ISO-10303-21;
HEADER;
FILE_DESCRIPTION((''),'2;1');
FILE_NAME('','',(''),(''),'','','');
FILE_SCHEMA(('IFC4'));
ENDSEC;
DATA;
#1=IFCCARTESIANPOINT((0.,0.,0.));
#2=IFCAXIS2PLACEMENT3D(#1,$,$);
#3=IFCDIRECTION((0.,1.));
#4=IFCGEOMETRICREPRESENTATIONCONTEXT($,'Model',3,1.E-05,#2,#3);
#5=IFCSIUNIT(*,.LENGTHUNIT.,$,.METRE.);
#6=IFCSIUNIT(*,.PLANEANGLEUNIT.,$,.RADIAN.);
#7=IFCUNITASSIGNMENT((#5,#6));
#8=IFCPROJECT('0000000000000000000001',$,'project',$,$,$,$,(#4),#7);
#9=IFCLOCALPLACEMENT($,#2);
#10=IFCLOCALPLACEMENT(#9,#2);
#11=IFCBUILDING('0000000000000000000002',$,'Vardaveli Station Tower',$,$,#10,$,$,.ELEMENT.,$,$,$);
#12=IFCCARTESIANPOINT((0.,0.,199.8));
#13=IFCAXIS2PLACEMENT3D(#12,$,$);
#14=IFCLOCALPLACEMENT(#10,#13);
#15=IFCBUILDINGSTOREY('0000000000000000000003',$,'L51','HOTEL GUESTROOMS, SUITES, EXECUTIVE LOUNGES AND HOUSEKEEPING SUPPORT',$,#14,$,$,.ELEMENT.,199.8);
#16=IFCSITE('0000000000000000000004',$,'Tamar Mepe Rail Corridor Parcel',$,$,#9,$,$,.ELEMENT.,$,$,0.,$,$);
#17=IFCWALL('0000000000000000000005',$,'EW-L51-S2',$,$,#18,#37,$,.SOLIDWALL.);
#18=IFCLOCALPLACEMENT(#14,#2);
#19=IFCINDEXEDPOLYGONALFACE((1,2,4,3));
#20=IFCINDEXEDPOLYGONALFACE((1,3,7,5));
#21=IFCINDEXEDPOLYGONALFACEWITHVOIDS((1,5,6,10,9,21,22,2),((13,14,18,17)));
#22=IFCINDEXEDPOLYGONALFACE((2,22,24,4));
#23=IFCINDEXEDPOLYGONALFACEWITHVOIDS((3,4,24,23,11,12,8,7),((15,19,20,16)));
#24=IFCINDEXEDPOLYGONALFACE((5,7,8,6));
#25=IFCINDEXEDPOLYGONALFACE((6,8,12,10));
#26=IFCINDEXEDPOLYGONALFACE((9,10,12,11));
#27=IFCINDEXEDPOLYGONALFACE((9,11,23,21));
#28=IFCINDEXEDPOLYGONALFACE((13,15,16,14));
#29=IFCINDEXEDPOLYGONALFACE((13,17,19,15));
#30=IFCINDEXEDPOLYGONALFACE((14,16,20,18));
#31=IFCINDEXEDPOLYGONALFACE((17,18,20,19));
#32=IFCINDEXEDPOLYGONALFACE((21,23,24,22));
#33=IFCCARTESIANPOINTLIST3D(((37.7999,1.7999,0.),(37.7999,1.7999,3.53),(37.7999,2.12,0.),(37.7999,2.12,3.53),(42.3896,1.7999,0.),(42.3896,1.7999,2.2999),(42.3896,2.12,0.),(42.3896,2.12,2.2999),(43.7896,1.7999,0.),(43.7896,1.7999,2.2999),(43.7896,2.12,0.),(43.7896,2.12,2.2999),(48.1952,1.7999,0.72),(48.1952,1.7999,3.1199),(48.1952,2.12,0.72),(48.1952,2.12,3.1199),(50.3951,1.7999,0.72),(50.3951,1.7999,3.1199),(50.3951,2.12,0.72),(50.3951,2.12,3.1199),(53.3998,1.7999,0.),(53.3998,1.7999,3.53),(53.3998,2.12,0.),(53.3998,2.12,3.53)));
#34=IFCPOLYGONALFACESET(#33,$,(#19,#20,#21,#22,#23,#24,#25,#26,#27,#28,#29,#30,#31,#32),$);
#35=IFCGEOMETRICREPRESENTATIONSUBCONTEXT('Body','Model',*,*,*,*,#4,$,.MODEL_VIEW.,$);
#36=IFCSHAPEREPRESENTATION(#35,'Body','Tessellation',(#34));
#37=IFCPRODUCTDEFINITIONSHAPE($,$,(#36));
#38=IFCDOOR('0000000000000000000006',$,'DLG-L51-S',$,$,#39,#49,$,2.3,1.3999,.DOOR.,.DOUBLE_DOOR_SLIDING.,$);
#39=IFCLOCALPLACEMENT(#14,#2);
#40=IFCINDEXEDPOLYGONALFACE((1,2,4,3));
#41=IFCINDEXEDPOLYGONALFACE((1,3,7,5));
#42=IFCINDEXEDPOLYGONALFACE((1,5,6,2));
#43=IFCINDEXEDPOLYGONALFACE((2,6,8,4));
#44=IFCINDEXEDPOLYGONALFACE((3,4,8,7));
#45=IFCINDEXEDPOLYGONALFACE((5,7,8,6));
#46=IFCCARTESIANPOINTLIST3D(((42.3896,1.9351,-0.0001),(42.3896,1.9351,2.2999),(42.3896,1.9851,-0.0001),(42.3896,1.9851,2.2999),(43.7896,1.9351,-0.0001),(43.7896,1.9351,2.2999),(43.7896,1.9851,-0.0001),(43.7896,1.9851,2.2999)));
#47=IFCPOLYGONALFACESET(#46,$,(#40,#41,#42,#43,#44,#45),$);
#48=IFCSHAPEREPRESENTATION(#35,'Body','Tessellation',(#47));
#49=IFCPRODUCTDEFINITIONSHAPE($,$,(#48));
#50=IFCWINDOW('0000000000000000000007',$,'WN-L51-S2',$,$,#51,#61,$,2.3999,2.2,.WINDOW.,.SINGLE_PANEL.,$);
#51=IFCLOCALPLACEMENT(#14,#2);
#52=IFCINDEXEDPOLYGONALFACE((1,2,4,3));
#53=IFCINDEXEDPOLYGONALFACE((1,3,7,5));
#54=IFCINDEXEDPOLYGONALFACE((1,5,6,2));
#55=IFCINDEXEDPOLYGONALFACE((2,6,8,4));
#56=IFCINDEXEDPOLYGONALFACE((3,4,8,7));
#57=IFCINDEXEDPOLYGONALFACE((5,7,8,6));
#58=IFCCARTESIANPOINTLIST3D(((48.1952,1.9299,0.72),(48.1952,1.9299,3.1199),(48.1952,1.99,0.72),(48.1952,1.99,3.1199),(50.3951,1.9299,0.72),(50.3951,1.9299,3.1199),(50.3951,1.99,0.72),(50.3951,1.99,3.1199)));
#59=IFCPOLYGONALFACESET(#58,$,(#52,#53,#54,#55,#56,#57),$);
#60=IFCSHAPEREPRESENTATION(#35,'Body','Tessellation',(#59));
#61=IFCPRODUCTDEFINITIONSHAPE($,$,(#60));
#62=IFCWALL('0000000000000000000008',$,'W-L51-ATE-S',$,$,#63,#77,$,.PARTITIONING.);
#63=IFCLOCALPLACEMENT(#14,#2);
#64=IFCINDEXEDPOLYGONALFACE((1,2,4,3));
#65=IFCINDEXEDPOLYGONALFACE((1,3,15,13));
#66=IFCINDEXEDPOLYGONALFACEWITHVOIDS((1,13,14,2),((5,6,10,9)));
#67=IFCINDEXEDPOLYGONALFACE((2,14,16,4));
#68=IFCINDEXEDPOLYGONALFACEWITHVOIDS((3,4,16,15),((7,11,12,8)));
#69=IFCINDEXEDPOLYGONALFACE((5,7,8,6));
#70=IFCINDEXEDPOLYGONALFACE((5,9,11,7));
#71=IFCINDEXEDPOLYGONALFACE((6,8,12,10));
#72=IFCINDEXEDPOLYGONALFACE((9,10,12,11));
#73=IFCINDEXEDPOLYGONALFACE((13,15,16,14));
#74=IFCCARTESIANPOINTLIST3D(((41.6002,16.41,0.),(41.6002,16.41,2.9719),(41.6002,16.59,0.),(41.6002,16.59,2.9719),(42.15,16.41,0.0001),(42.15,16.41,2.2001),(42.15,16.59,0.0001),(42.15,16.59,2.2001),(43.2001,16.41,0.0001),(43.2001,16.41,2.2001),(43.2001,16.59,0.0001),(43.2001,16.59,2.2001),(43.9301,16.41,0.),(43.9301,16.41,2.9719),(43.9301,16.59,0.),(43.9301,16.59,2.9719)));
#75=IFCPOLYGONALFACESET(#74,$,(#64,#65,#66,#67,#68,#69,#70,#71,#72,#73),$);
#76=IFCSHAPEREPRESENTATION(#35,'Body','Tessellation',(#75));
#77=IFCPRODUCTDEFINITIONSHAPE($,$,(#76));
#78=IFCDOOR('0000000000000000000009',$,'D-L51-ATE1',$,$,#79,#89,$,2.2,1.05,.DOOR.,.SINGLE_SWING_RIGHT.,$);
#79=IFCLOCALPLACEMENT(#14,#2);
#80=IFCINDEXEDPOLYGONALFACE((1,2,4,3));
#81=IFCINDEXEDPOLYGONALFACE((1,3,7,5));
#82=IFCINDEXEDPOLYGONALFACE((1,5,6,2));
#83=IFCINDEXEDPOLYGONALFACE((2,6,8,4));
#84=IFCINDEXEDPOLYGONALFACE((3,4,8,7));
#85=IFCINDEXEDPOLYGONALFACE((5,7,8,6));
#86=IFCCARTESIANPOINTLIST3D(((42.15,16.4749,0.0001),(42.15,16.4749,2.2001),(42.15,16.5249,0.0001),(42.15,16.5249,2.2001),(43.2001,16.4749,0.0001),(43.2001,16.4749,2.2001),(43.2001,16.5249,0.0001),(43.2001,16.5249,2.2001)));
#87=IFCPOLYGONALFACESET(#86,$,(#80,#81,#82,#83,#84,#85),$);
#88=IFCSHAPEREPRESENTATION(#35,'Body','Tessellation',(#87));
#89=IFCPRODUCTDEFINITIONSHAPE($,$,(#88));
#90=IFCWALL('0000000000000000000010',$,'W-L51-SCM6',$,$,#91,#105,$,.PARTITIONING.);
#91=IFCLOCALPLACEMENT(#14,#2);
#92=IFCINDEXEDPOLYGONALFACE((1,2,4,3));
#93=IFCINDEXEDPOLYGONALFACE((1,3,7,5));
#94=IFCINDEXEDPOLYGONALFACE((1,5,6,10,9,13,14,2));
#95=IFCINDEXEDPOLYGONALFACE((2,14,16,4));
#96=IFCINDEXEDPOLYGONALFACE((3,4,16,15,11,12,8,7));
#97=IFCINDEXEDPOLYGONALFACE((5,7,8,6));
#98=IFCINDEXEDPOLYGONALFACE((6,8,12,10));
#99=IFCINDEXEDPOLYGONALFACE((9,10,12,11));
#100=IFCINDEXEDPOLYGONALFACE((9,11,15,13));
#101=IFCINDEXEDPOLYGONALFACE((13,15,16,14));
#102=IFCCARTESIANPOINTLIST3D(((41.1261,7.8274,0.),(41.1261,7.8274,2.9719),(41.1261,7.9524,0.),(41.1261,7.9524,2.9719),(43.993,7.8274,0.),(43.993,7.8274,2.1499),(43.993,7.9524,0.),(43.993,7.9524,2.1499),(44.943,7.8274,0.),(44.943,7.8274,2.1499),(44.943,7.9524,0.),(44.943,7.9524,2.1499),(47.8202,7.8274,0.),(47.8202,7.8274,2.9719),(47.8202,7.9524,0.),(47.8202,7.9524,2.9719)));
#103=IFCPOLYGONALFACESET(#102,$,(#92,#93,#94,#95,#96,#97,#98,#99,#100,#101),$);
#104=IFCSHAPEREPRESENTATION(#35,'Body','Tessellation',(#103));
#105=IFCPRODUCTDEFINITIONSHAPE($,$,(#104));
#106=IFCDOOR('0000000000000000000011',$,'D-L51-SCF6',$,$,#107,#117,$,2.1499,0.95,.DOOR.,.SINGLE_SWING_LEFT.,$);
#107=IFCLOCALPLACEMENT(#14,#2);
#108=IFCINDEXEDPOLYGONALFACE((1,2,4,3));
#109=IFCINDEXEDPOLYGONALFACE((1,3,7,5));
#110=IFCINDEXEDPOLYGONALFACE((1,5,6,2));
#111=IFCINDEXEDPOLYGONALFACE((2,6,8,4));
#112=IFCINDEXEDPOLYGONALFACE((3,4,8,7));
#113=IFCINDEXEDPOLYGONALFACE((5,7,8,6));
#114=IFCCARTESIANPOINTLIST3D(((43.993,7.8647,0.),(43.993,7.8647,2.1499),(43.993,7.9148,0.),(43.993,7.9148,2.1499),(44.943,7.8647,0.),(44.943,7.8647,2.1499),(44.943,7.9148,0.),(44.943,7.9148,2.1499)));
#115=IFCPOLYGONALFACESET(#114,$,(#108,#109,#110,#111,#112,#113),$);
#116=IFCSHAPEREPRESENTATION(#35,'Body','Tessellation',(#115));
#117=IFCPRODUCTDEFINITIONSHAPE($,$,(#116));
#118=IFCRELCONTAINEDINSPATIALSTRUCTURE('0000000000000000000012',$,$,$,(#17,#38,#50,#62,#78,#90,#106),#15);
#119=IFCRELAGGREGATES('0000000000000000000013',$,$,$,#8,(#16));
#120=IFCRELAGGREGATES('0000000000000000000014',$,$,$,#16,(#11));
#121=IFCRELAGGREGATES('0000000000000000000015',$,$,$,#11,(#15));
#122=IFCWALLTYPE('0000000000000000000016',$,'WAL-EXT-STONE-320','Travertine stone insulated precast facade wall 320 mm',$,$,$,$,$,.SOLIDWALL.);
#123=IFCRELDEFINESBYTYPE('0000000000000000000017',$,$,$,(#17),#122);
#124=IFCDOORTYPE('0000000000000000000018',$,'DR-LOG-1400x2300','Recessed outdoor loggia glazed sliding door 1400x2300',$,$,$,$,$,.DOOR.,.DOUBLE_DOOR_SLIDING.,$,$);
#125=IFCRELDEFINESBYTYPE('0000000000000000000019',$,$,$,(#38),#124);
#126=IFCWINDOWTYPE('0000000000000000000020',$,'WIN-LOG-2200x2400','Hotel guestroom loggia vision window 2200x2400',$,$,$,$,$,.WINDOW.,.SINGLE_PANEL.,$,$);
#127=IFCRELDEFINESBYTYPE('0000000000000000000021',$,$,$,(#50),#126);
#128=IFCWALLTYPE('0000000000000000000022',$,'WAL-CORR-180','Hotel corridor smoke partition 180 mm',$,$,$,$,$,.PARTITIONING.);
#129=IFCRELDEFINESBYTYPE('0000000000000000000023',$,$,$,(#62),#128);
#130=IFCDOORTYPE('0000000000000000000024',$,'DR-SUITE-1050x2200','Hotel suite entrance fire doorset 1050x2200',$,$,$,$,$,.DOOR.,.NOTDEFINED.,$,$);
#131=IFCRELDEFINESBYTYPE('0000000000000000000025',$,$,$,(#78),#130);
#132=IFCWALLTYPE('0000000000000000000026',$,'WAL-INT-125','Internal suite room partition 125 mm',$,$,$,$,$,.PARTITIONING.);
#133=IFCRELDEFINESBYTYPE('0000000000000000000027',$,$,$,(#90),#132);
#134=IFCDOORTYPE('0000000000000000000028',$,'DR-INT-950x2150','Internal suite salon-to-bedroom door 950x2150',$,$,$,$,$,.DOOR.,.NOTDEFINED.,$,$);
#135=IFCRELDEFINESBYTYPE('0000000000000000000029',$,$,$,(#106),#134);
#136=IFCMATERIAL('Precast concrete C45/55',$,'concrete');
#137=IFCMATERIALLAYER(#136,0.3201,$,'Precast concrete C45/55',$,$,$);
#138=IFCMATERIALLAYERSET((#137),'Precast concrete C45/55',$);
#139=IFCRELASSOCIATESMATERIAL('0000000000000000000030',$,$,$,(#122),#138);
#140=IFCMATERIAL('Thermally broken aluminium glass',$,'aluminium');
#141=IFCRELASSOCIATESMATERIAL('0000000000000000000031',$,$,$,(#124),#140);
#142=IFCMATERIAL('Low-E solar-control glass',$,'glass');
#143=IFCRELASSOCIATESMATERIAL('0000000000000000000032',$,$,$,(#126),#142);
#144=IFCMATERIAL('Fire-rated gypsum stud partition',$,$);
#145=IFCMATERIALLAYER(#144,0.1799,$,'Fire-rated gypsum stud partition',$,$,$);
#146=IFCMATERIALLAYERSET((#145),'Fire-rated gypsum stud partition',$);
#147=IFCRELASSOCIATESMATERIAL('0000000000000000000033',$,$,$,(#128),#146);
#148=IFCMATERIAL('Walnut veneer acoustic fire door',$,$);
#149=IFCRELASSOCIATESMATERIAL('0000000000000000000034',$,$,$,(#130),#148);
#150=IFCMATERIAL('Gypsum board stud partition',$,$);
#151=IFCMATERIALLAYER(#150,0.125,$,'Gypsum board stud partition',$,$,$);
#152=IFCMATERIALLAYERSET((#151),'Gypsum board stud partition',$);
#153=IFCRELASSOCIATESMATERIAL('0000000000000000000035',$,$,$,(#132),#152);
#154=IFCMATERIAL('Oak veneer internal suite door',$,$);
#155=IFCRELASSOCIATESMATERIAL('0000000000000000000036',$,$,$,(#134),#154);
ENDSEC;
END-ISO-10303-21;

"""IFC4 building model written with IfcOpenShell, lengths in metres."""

from ifc_helpers import new_model, si_unit, direction, frame, frame_2d, origin, place, context, subcontext, project, spatial, rectangle, extrude, source, transform, mapped, material, layer, layer_set, type_object, element, fill, save


model = new_model("IFC4")

# Units and contexts
model_context = context("Model", 3, precision=1e-05, world=origin(), true_north=direction((0.0, 1.0)))
body_context = subcontext(model_context, "Body", "Model", "MODEL_VIEW")
ifc_project = project(units=[si_unit("LENGTHUNIT", "METRE"), si_unit("PLANEANGLEUNIT", "RADIAN")], contexts=[model_context])

# Site, building, storey
site_placement = place(None, origin())
site = spatial("IfcSite", under=ifc_project, at=site_placement, Name="Tamar Mepe Rail Corridor Parcel", CompositionType="ELEMENT", RefElevation=0.0)
building_placement = place(site_placement, origin())
building = spatial("IfcBuilding", under=site, at=building_placement, Name="Vardaveli Station Tower", CompositionType="ELEMENT")
storey_placement = place(building_placement, frame((0.0, 0.0, 199.8)))
storey = spatial("IfcBuildingStorey", under=building, at=storey_placement, Name="L51", Description="HOTEL GUESTROOMS, SUITES, EXECUTIVE LOUNGES AND HOUSEKEEPING SUPPORT", CompositionType="ELEMENT", Elevation=199.8)

# Shared definitions
ifc_material_1 = material(Name="Precast concrete C45/55", Category="concrete")

# Wall, openings, door, window
ifc_layer_1 = layer(ifc_material_1, 0.3201, Name="Precast concrete C45/55")
ifc_layer_set_1 = layer_set([ifc_layer_1], Name="Precast concrete C45/55")
wall_type_1 = type_object("IfcWallType", Name="WAL-EXT-STONE-320", Description="Travertine stone insulated precast facade wall 320 mm", PredefinedType="SOLIDWALL", material=ifc_layer_set_1)
shared_shape_1 = source(origin(), body_context, "Body", "SweptSolid", [
    extrude(rectangle(XDim=15.5999, YDim=0.3201, at=frame_2d((7.7998, 0.0))), origin(), (0.0, 0.0, 1.0), 3.53),
])
wall_1_placement = place(storey_placement, frame((37.8, 1.96, 0.0), z_axis=(0.0, 0.0, 1.0), x_axis=(1.0, 0.0, 0.0)))
wall_1 = element("IfcWall", 1, at=wall_1_placement, inside=storey, type_object=wall_type_1, Name="EW-L51-S2", PredefinedType="SOLIDWALL", context=body_context, shape_type="MappedRepresentation", body=[
    mapped(shared_shape_1, transform((0.0, 0.0, 0.0), scale=1.0)),
])
shared_shape_2 = source(origin(), body_context, "Body", "SweptSolid", [
    extrude(rectangle(XDim=1.3999, YDim=2.3, at=frame_2d((0.7, 1.1499))), frame((0.0, 0.1699, 0.0), z_axis=(0.0, -1.0, 0.0), x_axis=(1.0, 0.0, 0.0)), (0.0, 0.0, 1.0), 0.3401),
])
opening_1_placement = place(wall_1_placement, frame((4.5896, 0.0, 0.0)))
opening_1 = element("IfcOpeningElement", 2, at=opening_1_placement, cuts=wall_1, PredefinedType="OPENING", context=body_context, shape_type="MappedRepresentation", body=[
    mapped(shared_shape_2, transform((0.0, 0.0, 0.0), scale=1.0)),
])
shared_shape_3 = source(origin(), body_context, "Body", "SweptSolid", [
    extrude(rectangle(XDim=2.2, YDim=2.3999, at=frame_2d((1.1001, 1.2))), frame((0.0, 0.1699, 0.0), z_axis=(0.0, -1.0, 0.0), x_axis=(1.0, 0.0, 0.0)), (0.0, 0.0, 1.0), 0.3401),
])
opening_2_placement = place(wall_1_placement, frame((10.395, 0.0, 0.72)))
opening_2 = element("IfcOpeningElement", 3, at=opening_2_placement, cuts=wall_1, PredefinedType="OPENING", context=body_context, shape_type="MappedRepresentation", body=[
    mapped(shared_shape_3, transform((0.0, 0.0, 0.0), scale=1.0)),
])
ifc_material_2 = material(Name="Thermally broken aluminium glass", Category="aluminium")
door_type_1 = type_object("IfcDoorType", Name="DR-LOG-1400x2300", Description="Recessed outdoor loggia glazed sliding door 1400x2300", OperationType="DOUBLE_DOOR_SLIDING", PredefinedType="DOOR", material=ifc_material_2)
shared_shape_4 = source(origin(), body_context, "Body", "SweptSolid", [
    extrude(rectangle(XDim=1.3999, YDim=2.3, at=frame_2d((0.7, 1.1499))), frame((0.0, 0.0249, 0.0), z_axis=(0.0, -1.0, 0.0), x_axis=(1.0, 0.0, 0.0)), (0.0, 0.0, 1.0), 0.05),
])
door_1_placement = place(opening_1_placement, frame((1.3999, 0.0, 0.0), z_axis=(0.0, 0.0, 1.0), x_axis=(-1.0, 0.0, 0.0)))
door_1 = element("IfcDoor", 4, at=door_1_placement, inside=storey, type_object=door_type_1, Name="DLG-L51-S", OperationType="DOUBLE_DOOR_SLIDING", OverallHeight=2.3, OverallWidth=1.3999, PredefinedType="DOOR", context=body_context, shape_type="MappedRepresentation", body=[
    mapped(shared_shape_4, transform((0.0, 0.0, 0.0), scale=1.0)),
])
fill(opening_1, door_1)
ifc_material_3 = material(Name="Low-E solar-control glass", Category="glass")
window_type = type_object("IfcWindowType", Name="WIN-LOG-2200x2400", Description="Hotel guestroom loggia vision window 2200x2400", PartitioningType="SINGLE_PANEL", PredefinedType="WINDOW", material=ifc_material_3)
shared_shape_5 = source(origin(), body_context, "Body", "SweptSolid", [
    extrude(rectangle(XDim=2.2, YDim=2.3999, at=frame_2d((1.1001, 1.2))), frame((0.0, 0.03, 0.0), z_axis=(0.0, -1.0, 0.0), x_axis=(1.0, 0.0, 0.0)), (0.0, 0.0, 1.0), 0.0601),
])
window_placement = place(opening_2_placement, origin())
window = element("IfcWindow", 5, at=window_placement, inside=storey, type_object=window_type, Name="WN-L51-S2", OverallHeight=2.3999, OverallWidth=2.2, PartitioningType="SINGLE_PANEL", PredefinedType="WINDOW", context=body_context, shape_type="MappedRepresentation", body=[
    mapped(shared_shape_5, transform((0.0, 0.0, 0.0), scale=1.0)),
])
fill(opening_2, window)

# Walls, openings, doors
ifc_material_4 = material(Name="Fire-rated gypsum stud partition")
ifc_layer_2 = layer(ifc_material_4, 0.1799, Name="Fire-rated gypsum stud partition")
ifc_layer_set_2 = layer_set([ifc_layer_2], Name="Fire-rated gypsum stud partition")
wall_type_2 = type_object("IfcWallType", Name="WAL-CORR-180", Description="Hotel corridor smoke partition 180 mm", PredefinedType="PARTITIONING", material=ifc_layer_set_2)
shared_shape_6 = source(origin(), body_context, "Body", "SweptSolid", [
    extrude(rectangle(XDim=2.3298, YDim=0.1799, at=frame_2d((1.165, 0.0))), origin(), (0.0, 0.0, 1.0), 2.9719),
])
wall_2_placement = place(storey_placement, frame((41.6001, 16.5, 0.0), z_axis=(0.0, 0.0, 1.0), x_axis=(1.0, 0.0, 0.0)))
wall_2 = element("IfcWall", 6, at=wall_2_placement, inside=storey, type_object=wall_type_2, Name="W-L51-ATE-S", PredefinedType="PARTITIONING", context=body_context, shape_type="MappedRepresentation", body=[
    mapped(shared_shape_6, transform((0.0, 0.0, 0.0), scale=1.0)),
])
shared_shape_7 = source(origin(), body_context, "Body", "SweptSolid", [
    extrude(rectangle(XDim=1.05, YDim=2.2, at=frame_2d((0.5249, 1.1001))), frame((0.0, 0.1001, 0.0), z_axis=(0.0, -1.0, 0.0), x_axis=(1.0, 0.0, 0.0)), (0.0, 0.0, 1.0), 0.2),
])
opening_3_placement = place(wall_2_placement, frame((0.55, 0.0, 0.0)))
opening_3 = element("IfcOpeningElement", 7, at=opening_3_placement, cuts=wall_2, PredefinedType="OPENING", context=body_context, shape_type="MappedRepresentation", body=[
    mapped(shared_shape_7, transform((0.0, 0.0, 0.0), scale=1.0)),
])
ifc_material_5 = material(Name="Walnut veneer acoustic fire door")
door_type_2 = type_object("IfcDoorType", Name="DR-SUITE-1050x2200", Description="Hotel suite entrance fire doorset 1050x2200", OperationType="NOTDEFINED", PredefinedType="DOOR", material=ifc_material_5)
shared_shape_8 = source(origin(), body_context, "Body", "SweptSolid", [
    extrude(rectangle(XDim=1.05, YDim=2.2, at=frame_2d((0.5249, 1.1001))), frame((0.0, 0.0249, 0.0), z_axis=(0.0, -1.0, 0.0), x_axis=(1.0, 0.0, 0.0)), (0.0, 0.0, 1.0), 0.05),
])
door_2_placement = place(opening_3_placement, origin())
door_2 = element("IfcDoor", 8, at=door_2_placement, inside=storey, type_object=door_type_2, Name="D-L51-ATE1", OperationType="SINGLE_SWING_RIGHT", OverallHeight=2.2, OverallWidth=1.05, PredefinedType="DOOR", context=body_context, shape_type="MappedRepresentation", body=[
    mapped(shared_shape_8, transform((0.0, 0.0, 0.0), scale=1.0)),
])
fill(opening_3, door_2)
ifc_material_6 = material(Name="Gypsum board stud partition")
ifc_layer_3 = layer(ifc_material_6, 0.125, Name="Gypsum board stud partition")
ifc_layer_set_3 = layer_set([ifc_layer_3], Name="Gypsum board stud partition")
wall_type_3 = type_object("IfcWallType", Name="WAL-INT-125", Description="Internal suite room partition 125 mm", PredefinedType="PARTITIONING", material=ifc_layer_set_3)
shared_shape_9 = source(origin(), body_context, "Body", "SweptSolid", [
    extrude(rectangle(XDim=6.6941, YDim=0.125, at=frame_2d((3.3472, 0.0))), origin(), (0.0, 0.0, 1.0), 2.9719),
])
wall_3_placement = place(storey_placement, frame((41.126, 7.8899, 0.0), z_axis=(0.0, 0.0, 1.0), x_axis=(1.0, 0.0, 0.0)))
wall_3 = element("IfcWall", 9, at=wall_3_placement, inside=storey, type_object=wall_type_3, Name="W-L51-SCM6", PredefinedType="PARTITIONING", context=body_context, shape_type="MappedRepresentation", body=[
    mapped(shared_shape_9, transform((0.0, 0.0, 0.0), scale=1.0)),
])
shared_shape_10 = source(origin(), body_context, "Body", "SweptSolid", [
    extrude(rectangle(XDim=0.95, YDim=2.1499, at=frame_2d((0.4751, 1.075))), frame((0.0, 0.0725, 0.0), z_axis=(0.0, -1.0, 0.0), x_axis=(1.0, 0.0, 0.0)), (0.0, 0.0, 1.0), 0.145),
])
opening_4_placement = place(wall_3_placement, frame((2.8669, 0.0, 0.0)))
opening_4 = element("IfcOpeningElement", 10, at=opening_4_placement, cuts=wall_3, PredefinedType="OPENING", context=body_context, shape_type="MappedRepresentation", body=[
    mapped(shared_shape_10, transform((0.0, 0.0, 0.0), scale=1.0)),
])
ifc_material_7 = material(Name="Oak veneer internal suite door")
door_type_3 = type_object("IfcDoorType", Name="DR-INT-950x2150", Description="Internal suite salon-to-bedroom door 950x2150", OperationType="NOTDEFINED", PredefinedType="DOOR", material=ifc_material_7)
shared_shape_11 = source(origin(), body_context, "Body", "SweptSolid", [
    extrude(rectangle(XDim=0.95, YDim=2.1499, at=frame_2d((0.4751, 1.075))), frame((0.0, 0.0249, 0.0), z_axis=(0.0, -1.0, 0.0), x_axis=(1.0, 0.0, 0.0)), (0.0, 0.0, 1.0), 0.05),
])
door_3_placement = place(opening_4_placement, origin())
door_3 = element("IfcDoor", 11, at=door_3_placement, inside=storey, type_object=door_type_3, Name="D-L51-SCF6", OperationType="SINGLE_SWING_LEFT", OverallHeight=2.1499, OverallWidth=0.95, PredefinedType="DOOR", context=body_context, shape_type="MappedRepresentation", body=[
    mapped(shared_shape_11, transform((0.0, 0.0, 0.0), scale=1.0)),
])
fill(opening_4, door_3)

save(model, "model.ifc")
